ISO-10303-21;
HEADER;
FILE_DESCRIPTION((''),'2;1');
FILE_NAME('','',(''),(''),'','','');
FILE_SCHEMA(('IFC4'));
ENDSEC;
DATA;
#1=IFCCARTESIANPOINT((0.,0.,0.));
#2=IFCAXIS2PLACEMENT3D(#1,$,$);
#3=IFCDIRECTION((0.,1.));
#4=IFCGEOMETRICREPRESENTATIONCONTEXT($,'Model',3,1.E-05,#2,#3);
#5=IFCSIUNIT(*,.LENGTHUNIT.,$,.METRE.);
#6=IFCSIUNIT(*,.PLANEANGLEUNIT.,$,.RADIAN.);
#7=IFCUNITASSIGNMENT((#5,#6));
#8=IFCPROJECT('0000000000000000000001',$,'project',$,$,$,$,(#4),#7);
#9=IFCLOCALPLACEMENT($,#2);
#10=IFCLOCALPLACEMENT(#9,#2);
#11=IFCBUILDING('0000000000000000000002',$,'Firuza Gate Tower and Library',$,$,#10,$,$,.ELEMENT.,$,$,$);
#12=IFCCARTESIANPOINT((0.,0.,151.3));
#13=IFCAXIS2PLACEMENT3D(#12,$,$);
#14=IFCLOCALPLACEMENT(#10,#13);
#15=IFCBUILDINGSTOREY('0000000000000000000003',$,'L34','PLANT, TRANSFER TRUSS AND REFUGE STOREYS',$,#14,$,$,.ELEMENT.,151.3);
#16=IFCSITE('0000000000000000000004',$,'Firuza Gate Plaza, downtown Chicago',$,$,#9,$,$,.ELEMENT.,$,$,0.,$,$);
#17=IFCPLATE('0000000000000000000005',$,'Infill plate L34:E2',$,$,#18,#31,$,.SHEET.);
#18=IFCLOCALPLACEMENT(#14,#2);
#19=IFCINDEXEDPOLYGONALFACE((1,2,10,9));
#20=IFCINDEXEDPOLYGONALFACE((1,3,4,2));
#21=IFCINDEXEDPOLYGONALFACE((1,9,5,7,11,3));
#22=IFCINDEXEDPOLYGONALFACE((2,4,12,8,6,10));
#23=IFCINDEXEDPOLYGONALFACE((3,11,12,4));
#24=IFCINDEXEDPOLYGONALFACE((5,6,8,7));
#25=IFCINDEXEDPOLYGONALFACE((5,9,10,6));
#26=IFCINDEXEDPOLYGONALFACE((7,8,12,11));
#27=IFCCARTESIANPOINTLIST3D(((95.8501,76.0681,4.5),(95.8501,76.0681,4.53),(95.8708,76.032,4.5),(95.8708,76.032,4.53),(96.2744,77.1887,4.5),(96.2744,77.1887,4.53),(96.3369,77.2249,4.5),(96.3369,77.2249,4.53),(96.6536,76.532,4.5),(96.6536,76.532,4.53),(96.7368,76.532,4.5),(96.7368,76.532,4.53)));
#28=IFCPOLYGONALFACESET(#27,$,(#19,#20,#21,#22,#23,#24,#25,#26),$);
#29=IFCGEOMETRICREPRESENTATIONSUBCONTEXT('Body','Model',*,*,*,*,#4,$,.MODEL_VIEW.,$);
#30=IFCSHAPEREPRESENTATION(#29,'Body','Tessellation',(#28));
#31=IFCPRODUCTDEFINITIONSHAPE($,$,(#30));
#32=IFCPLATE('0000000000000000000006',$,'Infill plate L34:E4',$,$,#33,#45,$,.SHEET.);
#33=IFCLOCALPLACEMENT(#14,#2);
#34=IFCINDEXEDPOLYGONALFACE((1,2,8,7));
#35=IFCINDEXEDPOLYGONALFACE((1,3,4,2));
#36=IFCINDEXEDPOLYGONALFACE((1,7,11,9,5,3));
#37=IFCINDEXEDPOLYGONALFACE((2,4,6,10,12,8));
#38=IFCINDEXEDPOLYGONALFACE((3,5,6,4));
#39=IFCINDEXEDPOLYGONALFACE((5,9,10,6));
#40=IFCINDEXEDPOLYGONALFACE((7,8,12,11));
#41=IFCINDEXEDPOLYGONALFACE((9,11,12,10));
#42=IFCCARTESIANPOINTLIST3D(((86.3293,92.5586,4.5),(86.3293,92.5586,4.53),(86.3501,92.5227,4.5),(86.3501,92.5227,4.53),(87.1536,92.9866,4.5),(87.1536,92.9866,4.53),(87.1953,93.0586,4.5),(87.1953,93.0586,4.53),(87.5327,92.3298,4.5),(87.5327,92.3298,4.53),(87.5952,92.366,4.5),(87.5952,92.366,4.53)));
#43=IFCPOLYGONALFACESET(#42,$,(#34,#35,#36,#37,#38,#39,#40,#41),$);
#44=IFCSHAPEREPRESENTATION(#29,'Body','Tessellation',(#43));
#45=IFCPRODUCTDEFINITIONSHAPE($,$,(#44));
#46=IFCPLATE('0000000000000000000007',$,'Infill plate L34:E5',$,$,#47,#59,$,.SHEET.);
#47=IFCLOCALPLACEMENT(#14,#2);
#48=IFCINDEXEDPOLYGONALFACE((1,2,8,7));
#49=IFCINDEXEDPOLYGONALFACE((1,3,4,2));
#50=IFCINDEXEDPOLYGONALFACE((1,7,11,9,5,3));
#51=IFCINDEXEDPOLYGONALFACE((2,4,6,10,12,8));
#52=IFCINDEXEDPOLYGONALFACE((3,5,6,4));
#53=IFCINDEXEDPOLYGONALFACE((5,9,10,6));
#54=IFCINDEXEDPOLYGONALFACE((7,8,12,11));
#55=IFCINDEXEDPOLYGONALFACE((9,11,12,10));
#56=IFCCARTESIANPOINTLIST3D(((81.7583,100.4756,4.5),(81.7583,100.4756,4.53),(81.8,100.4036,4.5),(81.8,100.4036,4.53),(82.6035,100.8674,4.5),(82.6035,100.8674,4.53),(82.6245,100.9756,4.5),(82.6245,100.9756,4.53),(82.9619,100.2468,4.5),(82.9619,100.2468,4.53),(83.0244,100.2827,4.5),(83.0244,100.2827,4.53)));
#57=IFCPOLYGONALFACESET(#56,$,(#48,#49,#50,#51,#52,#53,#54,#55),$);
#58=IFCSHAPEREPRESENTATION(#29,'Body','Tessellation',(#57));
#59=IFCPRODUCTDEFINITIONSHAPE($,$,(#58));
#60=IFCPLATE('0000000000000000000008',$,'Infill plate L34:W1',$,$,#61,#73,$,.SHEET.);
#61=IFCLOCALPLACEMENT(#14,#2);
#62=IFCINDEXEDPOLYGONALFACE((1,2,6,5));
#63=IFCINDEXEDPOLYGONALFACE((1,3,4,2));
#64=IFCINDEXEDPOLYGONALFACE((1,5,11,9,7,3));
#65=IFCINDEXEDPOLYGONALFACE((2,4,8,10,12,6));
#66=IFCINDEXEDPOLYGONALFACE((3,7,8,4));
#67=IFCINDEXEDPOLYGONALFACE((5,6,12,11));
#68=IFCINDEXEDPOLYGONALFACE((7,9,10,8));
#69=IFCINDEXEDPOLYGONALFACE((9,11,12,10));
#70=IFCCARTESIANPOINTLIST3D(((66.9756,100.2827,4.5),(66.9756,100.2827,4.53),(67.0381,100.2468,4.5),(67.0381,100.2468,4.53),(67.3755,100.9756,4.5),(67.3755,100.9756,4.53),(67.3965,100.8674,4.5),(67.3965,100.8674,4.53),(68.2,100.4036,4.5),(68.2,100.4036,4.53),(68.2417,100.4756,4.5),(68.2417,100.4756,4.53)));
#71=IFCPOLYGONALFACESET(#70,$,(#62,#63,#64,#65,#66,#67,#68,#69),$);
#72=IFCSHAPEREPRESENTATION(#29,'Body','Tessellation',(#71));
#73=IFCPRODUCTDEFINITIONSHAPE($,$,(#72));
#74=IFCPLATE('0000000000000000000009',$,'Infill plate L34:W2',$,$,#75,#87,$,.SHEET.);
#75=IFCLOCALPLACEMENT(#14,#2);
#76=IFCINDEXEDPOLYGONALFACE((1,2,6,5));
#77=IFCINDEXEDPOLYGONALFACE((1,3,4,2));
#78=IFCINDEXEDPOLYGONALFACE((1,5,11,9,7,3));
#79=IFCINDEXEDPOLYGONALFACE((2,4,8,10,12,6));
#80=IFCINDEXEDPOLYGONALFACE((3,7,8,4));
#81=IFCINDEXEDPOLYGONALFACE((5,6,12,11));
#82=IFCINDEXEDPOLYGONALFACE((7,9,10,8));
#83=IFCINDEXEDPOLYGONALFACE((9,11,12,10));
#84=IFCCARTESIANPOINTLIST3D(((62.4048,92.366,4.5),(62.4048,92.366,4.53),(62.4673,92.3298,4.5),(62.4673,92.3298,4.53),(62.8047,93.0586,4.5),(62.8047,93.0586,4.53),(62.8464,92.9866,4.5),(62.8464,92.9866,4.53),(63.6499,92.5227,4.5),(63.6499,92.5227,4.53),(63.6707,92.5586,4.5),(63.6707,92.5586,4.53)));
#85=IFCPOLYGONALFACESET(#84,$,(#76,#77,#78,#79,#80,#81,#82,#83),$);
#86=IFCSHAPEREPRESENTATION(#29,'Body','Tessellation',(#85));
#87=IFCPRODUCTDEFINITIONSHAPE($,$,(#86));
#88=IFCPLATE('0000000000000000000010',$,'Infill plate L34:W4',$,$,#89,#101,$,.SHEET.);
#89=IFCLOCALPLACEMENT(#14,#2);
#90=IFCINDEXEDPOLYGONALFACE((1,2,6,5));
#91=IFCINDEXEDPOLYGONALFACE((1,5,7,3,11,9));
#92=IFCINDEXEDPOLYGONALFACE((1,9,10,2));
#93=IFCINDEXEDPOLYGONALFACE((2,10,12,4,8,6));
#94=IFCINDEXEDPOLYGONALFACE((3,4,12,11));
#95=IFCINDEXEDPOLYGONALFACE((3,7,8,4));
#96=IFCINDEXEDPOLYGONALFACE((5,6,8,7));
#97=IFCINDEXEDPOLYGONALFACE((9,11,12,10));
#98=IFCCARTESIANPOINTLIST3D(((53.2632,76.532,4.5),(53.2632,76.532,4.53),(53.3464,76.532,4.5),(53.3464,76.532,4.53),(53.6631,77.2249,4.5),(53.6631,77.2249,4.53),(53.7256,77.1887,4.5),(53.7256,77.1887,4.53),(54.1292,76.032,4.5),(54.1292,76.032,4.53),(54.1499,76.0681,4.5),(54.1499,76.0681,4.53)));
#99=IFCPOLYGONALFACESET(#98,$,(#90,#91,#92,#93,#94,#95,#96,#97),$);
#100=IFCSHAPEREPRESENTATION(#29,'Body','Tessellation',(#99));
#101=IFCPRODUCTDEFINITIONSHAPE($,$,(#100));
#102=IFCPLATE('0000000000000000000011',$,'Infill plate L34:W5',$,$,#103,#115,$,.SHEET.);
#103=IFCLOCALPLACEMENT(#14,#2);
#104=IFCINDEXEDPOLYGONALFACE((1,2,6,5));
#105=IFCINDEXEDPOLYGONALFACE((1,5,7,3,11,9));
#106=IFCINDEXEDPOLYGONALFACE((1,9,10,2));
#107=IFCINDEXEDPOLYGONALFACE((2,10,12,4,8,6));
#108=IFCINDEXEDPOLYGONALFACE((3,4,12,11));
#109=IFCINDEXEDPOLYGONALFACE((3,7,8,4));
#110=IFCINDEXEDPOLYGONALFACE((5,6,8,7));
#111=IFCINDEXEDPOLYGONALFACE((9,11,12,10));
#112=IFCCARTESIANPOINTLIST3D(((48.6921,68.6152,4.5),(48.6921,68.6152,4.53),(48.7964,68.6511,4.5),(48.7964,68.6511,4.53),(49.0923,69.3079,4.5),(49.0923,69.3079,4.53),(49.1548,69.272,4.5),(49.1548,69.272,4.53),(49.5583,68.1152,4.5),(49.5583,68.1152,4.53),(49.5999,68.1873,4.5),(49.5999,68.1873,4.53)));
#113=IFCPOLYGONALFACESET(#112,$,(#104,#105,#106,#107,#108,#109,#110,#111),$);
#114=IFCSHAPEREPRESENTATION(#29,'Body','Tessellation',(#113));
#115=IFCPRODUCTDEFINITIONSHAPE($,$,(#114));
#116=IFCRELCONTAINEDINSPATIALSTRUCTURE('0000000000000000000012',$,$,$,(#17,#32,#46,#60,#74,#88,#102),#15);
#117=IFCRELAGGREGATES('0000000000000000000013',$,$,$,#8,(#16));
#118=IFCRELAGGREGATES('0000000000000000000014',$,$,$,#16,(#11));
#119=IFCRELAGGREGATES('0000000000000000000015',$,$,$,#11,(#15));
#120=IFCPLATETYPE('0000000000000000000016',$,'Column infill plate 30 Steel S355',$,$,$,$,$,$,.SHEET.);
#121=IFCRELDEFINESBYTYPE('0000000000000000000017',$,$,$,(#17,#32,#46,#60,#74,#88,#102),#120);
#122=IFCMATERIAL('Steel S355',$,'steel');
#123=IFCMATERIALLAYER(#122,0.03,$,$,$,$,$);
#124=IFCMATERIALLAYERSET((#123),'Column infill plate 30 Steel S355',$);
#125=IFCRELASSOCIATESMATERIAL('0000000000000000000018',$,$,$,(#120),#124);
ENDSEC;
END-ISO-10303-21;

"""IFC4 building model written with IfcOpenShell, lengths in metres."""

from ifc_helpers import new_model, si_unit, direction, frame, origin, place, context, subcontext, project, spatial, polyline, outline, extrude, material, layer, layer_set, type_object, element, save


model = new_model("IFC4")

# Units and contexts
model_context = context("Model", 3, precision=1e-05, world=origin(), true_north=direction((0.0, 1.0)))
body_context = subcontext(model_context, "Body", "Model", "MODEL_VIEW")
ifc_project = project(units=[si_unit("LENGTHUNIT", "METRE"), si_unit("PLANEANGLEUNIT", "RADIAN")], contexts=[model_context])

# Site, building, storey
site_placement = place(None, origin())
site = spatial("IfcSite", under=ifc_project, at=site_placement, Name="Firuza Gate Plaza, downtown Chicago", CompositionType="ELEMENT", RefElevation=0.0)
building_placement = place(site_placement, origin())
building = spatial("IfcBuilding", under=site, at=building_placement, Name="Firuza Gate Tower and Library", CompositionType="ELEMENT")
storey_placement = place(building_placement, frame((0.0, 0.0, 151.3)))
storey = spatial("IfcBuildingStorey", under=building, at=storey_placement, Name="L34", Description="PLANT, TRANSFER TRUSS AND REFUGE STOREYS", CompositionType="ELEMENT", Elevation=151.3)

# Plates
ifc_material_1 = material(Name="Steel S355", Category="steel")
ifc_layer_1 = layer(ifc_material_1, 0.03)
ifc_layer_set_1 = layer_set([ifc_layer_1], Name="Column infill plate 30 Steel S355")
plate_type = type_object("IfcPlateType", Name="Column infill plate 30 Steel S355", PredefinedType="SHEET", material=ifc_layer_set_1)
placement_1 = place(storey_placement, frame((0.0, 0.0, 4.5)))
element("IfcPlate", 1, at=placement_1, inside=storey, type_object=plate_type, Name="Infill plate L34:E2", PredefinedType="SHEET", context=body_context, shape_type="SweptSolid", body=[
    extrude(outline(polyline([(96.3369, 77.2249), (96.2744, 77.1887), (96.6536, 76.532), (95.8501, 76.0681), (95.8708, 76.032), (96.7368, 76.532), (96.3369, 77.2249)])), origin(), (0.0, 0.0, 1.0), 0.03),
])
element("IfcPlate", 2, at=placement_1, inside=storey, type_object=plate_type, Name="Infill plate L34:E4", PredefinedType="SHEET", context=body_context, shape_type="SweptSolid", body=[
    extrude(outline(polyline([(86.3293, 92.5586), (86.3501, 92.5227), (87.1536, 92.9866), (87.5327, 92.3298), (87.5952, 92.366), (87.1953, 93.0586), (86.3293, 92.5586)])), origin(), (0.0, 0.0, 1.0), 0.03),
])
element("IfcPlate", 3, at=placement_1, inside=storey, type_object=plate_type, Name="Infill plate L34:E5", PredefinedType="SHEET", context=body_context, shape_type="SweptSolid", body=[
    extrude(outline(polyline([(81.7583, 100.4756), (81.8, 100.4036), (82.6035, 100.8674), (82.9619, 100.2468), (83.0244, 100.2827), (82.6245, 100.9756), (81.7583, 100.4756)])), origin(), (0.0, 0.0, 1.0), 0.03),
])
element("IfcPlate", 4, at=placement_1, inside=storey, type_object=plate_type, Name="Infill plate L34:W1", PredefinedType="SHEET", context=body_context, shape_type="SweptSolid", body=[
    extrude(outline(polyline([(66.9756, 100.2827), (67.0381, 100.2468), (67.3965, 100.8674), (68.2, 100.4036), (68.2417, 100.4756), (67.3755, 100.9756), (66.9756, 100.2827)])), origin(), (0.0, 0.0, 1.0), 0.03),
])
element("IfcPlate", 5, at=placement_1, inside=storey, type_object=plate_type, Name="Infill plate L34:W2", PredefinedType="SHEET", context=body_context, shape_type="SweptSolid", body=[
    extrude(outline(polyline([(62.4048, 92.366), (62.4673, 92.3298), (62.8464, 92.9866), (63.6499, 92.5227), (63.6707, 92.5586), (62.8047, 93.0586), (62.4048, 92.366)])), origin(), (0.0, 0.0, 1.0), 0.03),
])
element("IfcPlate", 6, at=placement_1, inside=storey, type_object=plate_type, Name="Infill plate L34:W4", PredefinedType="SHEET", context=body_context, shape_type="SweptSolid", body=[
    extrude(outline(polyline([(54.1292, 76.032), (54.1499, 76.0681), (53.3464, 76.532), (53.7256, 77.1887), (53.6631, 77.2249), (53.2632, 76.532), (54.1292, 76.032)])), origin(), (0.0, 0.0, 1.0), 0.03),
])
element("IfcPlate", 7, at=placement_1, inside=storey, type_object=plate_type, Name="Infill plate L34:W5", PredefinedType="SHEET", context=body_context, shape_type="SweptSolid", body=[
    extrude(outline(polyline([(49.5583, 68.1152), (49.5999, 68.1873), (48.7964, 68.6511), (49.1548, 69.272), (49.0923, 69.3079), (48.6921, 68.6152), (49.5583, 68.1152)])), origin(), (0.0, 0.0, 1.0), 0.03),
])

save(model, "model.ifc")
